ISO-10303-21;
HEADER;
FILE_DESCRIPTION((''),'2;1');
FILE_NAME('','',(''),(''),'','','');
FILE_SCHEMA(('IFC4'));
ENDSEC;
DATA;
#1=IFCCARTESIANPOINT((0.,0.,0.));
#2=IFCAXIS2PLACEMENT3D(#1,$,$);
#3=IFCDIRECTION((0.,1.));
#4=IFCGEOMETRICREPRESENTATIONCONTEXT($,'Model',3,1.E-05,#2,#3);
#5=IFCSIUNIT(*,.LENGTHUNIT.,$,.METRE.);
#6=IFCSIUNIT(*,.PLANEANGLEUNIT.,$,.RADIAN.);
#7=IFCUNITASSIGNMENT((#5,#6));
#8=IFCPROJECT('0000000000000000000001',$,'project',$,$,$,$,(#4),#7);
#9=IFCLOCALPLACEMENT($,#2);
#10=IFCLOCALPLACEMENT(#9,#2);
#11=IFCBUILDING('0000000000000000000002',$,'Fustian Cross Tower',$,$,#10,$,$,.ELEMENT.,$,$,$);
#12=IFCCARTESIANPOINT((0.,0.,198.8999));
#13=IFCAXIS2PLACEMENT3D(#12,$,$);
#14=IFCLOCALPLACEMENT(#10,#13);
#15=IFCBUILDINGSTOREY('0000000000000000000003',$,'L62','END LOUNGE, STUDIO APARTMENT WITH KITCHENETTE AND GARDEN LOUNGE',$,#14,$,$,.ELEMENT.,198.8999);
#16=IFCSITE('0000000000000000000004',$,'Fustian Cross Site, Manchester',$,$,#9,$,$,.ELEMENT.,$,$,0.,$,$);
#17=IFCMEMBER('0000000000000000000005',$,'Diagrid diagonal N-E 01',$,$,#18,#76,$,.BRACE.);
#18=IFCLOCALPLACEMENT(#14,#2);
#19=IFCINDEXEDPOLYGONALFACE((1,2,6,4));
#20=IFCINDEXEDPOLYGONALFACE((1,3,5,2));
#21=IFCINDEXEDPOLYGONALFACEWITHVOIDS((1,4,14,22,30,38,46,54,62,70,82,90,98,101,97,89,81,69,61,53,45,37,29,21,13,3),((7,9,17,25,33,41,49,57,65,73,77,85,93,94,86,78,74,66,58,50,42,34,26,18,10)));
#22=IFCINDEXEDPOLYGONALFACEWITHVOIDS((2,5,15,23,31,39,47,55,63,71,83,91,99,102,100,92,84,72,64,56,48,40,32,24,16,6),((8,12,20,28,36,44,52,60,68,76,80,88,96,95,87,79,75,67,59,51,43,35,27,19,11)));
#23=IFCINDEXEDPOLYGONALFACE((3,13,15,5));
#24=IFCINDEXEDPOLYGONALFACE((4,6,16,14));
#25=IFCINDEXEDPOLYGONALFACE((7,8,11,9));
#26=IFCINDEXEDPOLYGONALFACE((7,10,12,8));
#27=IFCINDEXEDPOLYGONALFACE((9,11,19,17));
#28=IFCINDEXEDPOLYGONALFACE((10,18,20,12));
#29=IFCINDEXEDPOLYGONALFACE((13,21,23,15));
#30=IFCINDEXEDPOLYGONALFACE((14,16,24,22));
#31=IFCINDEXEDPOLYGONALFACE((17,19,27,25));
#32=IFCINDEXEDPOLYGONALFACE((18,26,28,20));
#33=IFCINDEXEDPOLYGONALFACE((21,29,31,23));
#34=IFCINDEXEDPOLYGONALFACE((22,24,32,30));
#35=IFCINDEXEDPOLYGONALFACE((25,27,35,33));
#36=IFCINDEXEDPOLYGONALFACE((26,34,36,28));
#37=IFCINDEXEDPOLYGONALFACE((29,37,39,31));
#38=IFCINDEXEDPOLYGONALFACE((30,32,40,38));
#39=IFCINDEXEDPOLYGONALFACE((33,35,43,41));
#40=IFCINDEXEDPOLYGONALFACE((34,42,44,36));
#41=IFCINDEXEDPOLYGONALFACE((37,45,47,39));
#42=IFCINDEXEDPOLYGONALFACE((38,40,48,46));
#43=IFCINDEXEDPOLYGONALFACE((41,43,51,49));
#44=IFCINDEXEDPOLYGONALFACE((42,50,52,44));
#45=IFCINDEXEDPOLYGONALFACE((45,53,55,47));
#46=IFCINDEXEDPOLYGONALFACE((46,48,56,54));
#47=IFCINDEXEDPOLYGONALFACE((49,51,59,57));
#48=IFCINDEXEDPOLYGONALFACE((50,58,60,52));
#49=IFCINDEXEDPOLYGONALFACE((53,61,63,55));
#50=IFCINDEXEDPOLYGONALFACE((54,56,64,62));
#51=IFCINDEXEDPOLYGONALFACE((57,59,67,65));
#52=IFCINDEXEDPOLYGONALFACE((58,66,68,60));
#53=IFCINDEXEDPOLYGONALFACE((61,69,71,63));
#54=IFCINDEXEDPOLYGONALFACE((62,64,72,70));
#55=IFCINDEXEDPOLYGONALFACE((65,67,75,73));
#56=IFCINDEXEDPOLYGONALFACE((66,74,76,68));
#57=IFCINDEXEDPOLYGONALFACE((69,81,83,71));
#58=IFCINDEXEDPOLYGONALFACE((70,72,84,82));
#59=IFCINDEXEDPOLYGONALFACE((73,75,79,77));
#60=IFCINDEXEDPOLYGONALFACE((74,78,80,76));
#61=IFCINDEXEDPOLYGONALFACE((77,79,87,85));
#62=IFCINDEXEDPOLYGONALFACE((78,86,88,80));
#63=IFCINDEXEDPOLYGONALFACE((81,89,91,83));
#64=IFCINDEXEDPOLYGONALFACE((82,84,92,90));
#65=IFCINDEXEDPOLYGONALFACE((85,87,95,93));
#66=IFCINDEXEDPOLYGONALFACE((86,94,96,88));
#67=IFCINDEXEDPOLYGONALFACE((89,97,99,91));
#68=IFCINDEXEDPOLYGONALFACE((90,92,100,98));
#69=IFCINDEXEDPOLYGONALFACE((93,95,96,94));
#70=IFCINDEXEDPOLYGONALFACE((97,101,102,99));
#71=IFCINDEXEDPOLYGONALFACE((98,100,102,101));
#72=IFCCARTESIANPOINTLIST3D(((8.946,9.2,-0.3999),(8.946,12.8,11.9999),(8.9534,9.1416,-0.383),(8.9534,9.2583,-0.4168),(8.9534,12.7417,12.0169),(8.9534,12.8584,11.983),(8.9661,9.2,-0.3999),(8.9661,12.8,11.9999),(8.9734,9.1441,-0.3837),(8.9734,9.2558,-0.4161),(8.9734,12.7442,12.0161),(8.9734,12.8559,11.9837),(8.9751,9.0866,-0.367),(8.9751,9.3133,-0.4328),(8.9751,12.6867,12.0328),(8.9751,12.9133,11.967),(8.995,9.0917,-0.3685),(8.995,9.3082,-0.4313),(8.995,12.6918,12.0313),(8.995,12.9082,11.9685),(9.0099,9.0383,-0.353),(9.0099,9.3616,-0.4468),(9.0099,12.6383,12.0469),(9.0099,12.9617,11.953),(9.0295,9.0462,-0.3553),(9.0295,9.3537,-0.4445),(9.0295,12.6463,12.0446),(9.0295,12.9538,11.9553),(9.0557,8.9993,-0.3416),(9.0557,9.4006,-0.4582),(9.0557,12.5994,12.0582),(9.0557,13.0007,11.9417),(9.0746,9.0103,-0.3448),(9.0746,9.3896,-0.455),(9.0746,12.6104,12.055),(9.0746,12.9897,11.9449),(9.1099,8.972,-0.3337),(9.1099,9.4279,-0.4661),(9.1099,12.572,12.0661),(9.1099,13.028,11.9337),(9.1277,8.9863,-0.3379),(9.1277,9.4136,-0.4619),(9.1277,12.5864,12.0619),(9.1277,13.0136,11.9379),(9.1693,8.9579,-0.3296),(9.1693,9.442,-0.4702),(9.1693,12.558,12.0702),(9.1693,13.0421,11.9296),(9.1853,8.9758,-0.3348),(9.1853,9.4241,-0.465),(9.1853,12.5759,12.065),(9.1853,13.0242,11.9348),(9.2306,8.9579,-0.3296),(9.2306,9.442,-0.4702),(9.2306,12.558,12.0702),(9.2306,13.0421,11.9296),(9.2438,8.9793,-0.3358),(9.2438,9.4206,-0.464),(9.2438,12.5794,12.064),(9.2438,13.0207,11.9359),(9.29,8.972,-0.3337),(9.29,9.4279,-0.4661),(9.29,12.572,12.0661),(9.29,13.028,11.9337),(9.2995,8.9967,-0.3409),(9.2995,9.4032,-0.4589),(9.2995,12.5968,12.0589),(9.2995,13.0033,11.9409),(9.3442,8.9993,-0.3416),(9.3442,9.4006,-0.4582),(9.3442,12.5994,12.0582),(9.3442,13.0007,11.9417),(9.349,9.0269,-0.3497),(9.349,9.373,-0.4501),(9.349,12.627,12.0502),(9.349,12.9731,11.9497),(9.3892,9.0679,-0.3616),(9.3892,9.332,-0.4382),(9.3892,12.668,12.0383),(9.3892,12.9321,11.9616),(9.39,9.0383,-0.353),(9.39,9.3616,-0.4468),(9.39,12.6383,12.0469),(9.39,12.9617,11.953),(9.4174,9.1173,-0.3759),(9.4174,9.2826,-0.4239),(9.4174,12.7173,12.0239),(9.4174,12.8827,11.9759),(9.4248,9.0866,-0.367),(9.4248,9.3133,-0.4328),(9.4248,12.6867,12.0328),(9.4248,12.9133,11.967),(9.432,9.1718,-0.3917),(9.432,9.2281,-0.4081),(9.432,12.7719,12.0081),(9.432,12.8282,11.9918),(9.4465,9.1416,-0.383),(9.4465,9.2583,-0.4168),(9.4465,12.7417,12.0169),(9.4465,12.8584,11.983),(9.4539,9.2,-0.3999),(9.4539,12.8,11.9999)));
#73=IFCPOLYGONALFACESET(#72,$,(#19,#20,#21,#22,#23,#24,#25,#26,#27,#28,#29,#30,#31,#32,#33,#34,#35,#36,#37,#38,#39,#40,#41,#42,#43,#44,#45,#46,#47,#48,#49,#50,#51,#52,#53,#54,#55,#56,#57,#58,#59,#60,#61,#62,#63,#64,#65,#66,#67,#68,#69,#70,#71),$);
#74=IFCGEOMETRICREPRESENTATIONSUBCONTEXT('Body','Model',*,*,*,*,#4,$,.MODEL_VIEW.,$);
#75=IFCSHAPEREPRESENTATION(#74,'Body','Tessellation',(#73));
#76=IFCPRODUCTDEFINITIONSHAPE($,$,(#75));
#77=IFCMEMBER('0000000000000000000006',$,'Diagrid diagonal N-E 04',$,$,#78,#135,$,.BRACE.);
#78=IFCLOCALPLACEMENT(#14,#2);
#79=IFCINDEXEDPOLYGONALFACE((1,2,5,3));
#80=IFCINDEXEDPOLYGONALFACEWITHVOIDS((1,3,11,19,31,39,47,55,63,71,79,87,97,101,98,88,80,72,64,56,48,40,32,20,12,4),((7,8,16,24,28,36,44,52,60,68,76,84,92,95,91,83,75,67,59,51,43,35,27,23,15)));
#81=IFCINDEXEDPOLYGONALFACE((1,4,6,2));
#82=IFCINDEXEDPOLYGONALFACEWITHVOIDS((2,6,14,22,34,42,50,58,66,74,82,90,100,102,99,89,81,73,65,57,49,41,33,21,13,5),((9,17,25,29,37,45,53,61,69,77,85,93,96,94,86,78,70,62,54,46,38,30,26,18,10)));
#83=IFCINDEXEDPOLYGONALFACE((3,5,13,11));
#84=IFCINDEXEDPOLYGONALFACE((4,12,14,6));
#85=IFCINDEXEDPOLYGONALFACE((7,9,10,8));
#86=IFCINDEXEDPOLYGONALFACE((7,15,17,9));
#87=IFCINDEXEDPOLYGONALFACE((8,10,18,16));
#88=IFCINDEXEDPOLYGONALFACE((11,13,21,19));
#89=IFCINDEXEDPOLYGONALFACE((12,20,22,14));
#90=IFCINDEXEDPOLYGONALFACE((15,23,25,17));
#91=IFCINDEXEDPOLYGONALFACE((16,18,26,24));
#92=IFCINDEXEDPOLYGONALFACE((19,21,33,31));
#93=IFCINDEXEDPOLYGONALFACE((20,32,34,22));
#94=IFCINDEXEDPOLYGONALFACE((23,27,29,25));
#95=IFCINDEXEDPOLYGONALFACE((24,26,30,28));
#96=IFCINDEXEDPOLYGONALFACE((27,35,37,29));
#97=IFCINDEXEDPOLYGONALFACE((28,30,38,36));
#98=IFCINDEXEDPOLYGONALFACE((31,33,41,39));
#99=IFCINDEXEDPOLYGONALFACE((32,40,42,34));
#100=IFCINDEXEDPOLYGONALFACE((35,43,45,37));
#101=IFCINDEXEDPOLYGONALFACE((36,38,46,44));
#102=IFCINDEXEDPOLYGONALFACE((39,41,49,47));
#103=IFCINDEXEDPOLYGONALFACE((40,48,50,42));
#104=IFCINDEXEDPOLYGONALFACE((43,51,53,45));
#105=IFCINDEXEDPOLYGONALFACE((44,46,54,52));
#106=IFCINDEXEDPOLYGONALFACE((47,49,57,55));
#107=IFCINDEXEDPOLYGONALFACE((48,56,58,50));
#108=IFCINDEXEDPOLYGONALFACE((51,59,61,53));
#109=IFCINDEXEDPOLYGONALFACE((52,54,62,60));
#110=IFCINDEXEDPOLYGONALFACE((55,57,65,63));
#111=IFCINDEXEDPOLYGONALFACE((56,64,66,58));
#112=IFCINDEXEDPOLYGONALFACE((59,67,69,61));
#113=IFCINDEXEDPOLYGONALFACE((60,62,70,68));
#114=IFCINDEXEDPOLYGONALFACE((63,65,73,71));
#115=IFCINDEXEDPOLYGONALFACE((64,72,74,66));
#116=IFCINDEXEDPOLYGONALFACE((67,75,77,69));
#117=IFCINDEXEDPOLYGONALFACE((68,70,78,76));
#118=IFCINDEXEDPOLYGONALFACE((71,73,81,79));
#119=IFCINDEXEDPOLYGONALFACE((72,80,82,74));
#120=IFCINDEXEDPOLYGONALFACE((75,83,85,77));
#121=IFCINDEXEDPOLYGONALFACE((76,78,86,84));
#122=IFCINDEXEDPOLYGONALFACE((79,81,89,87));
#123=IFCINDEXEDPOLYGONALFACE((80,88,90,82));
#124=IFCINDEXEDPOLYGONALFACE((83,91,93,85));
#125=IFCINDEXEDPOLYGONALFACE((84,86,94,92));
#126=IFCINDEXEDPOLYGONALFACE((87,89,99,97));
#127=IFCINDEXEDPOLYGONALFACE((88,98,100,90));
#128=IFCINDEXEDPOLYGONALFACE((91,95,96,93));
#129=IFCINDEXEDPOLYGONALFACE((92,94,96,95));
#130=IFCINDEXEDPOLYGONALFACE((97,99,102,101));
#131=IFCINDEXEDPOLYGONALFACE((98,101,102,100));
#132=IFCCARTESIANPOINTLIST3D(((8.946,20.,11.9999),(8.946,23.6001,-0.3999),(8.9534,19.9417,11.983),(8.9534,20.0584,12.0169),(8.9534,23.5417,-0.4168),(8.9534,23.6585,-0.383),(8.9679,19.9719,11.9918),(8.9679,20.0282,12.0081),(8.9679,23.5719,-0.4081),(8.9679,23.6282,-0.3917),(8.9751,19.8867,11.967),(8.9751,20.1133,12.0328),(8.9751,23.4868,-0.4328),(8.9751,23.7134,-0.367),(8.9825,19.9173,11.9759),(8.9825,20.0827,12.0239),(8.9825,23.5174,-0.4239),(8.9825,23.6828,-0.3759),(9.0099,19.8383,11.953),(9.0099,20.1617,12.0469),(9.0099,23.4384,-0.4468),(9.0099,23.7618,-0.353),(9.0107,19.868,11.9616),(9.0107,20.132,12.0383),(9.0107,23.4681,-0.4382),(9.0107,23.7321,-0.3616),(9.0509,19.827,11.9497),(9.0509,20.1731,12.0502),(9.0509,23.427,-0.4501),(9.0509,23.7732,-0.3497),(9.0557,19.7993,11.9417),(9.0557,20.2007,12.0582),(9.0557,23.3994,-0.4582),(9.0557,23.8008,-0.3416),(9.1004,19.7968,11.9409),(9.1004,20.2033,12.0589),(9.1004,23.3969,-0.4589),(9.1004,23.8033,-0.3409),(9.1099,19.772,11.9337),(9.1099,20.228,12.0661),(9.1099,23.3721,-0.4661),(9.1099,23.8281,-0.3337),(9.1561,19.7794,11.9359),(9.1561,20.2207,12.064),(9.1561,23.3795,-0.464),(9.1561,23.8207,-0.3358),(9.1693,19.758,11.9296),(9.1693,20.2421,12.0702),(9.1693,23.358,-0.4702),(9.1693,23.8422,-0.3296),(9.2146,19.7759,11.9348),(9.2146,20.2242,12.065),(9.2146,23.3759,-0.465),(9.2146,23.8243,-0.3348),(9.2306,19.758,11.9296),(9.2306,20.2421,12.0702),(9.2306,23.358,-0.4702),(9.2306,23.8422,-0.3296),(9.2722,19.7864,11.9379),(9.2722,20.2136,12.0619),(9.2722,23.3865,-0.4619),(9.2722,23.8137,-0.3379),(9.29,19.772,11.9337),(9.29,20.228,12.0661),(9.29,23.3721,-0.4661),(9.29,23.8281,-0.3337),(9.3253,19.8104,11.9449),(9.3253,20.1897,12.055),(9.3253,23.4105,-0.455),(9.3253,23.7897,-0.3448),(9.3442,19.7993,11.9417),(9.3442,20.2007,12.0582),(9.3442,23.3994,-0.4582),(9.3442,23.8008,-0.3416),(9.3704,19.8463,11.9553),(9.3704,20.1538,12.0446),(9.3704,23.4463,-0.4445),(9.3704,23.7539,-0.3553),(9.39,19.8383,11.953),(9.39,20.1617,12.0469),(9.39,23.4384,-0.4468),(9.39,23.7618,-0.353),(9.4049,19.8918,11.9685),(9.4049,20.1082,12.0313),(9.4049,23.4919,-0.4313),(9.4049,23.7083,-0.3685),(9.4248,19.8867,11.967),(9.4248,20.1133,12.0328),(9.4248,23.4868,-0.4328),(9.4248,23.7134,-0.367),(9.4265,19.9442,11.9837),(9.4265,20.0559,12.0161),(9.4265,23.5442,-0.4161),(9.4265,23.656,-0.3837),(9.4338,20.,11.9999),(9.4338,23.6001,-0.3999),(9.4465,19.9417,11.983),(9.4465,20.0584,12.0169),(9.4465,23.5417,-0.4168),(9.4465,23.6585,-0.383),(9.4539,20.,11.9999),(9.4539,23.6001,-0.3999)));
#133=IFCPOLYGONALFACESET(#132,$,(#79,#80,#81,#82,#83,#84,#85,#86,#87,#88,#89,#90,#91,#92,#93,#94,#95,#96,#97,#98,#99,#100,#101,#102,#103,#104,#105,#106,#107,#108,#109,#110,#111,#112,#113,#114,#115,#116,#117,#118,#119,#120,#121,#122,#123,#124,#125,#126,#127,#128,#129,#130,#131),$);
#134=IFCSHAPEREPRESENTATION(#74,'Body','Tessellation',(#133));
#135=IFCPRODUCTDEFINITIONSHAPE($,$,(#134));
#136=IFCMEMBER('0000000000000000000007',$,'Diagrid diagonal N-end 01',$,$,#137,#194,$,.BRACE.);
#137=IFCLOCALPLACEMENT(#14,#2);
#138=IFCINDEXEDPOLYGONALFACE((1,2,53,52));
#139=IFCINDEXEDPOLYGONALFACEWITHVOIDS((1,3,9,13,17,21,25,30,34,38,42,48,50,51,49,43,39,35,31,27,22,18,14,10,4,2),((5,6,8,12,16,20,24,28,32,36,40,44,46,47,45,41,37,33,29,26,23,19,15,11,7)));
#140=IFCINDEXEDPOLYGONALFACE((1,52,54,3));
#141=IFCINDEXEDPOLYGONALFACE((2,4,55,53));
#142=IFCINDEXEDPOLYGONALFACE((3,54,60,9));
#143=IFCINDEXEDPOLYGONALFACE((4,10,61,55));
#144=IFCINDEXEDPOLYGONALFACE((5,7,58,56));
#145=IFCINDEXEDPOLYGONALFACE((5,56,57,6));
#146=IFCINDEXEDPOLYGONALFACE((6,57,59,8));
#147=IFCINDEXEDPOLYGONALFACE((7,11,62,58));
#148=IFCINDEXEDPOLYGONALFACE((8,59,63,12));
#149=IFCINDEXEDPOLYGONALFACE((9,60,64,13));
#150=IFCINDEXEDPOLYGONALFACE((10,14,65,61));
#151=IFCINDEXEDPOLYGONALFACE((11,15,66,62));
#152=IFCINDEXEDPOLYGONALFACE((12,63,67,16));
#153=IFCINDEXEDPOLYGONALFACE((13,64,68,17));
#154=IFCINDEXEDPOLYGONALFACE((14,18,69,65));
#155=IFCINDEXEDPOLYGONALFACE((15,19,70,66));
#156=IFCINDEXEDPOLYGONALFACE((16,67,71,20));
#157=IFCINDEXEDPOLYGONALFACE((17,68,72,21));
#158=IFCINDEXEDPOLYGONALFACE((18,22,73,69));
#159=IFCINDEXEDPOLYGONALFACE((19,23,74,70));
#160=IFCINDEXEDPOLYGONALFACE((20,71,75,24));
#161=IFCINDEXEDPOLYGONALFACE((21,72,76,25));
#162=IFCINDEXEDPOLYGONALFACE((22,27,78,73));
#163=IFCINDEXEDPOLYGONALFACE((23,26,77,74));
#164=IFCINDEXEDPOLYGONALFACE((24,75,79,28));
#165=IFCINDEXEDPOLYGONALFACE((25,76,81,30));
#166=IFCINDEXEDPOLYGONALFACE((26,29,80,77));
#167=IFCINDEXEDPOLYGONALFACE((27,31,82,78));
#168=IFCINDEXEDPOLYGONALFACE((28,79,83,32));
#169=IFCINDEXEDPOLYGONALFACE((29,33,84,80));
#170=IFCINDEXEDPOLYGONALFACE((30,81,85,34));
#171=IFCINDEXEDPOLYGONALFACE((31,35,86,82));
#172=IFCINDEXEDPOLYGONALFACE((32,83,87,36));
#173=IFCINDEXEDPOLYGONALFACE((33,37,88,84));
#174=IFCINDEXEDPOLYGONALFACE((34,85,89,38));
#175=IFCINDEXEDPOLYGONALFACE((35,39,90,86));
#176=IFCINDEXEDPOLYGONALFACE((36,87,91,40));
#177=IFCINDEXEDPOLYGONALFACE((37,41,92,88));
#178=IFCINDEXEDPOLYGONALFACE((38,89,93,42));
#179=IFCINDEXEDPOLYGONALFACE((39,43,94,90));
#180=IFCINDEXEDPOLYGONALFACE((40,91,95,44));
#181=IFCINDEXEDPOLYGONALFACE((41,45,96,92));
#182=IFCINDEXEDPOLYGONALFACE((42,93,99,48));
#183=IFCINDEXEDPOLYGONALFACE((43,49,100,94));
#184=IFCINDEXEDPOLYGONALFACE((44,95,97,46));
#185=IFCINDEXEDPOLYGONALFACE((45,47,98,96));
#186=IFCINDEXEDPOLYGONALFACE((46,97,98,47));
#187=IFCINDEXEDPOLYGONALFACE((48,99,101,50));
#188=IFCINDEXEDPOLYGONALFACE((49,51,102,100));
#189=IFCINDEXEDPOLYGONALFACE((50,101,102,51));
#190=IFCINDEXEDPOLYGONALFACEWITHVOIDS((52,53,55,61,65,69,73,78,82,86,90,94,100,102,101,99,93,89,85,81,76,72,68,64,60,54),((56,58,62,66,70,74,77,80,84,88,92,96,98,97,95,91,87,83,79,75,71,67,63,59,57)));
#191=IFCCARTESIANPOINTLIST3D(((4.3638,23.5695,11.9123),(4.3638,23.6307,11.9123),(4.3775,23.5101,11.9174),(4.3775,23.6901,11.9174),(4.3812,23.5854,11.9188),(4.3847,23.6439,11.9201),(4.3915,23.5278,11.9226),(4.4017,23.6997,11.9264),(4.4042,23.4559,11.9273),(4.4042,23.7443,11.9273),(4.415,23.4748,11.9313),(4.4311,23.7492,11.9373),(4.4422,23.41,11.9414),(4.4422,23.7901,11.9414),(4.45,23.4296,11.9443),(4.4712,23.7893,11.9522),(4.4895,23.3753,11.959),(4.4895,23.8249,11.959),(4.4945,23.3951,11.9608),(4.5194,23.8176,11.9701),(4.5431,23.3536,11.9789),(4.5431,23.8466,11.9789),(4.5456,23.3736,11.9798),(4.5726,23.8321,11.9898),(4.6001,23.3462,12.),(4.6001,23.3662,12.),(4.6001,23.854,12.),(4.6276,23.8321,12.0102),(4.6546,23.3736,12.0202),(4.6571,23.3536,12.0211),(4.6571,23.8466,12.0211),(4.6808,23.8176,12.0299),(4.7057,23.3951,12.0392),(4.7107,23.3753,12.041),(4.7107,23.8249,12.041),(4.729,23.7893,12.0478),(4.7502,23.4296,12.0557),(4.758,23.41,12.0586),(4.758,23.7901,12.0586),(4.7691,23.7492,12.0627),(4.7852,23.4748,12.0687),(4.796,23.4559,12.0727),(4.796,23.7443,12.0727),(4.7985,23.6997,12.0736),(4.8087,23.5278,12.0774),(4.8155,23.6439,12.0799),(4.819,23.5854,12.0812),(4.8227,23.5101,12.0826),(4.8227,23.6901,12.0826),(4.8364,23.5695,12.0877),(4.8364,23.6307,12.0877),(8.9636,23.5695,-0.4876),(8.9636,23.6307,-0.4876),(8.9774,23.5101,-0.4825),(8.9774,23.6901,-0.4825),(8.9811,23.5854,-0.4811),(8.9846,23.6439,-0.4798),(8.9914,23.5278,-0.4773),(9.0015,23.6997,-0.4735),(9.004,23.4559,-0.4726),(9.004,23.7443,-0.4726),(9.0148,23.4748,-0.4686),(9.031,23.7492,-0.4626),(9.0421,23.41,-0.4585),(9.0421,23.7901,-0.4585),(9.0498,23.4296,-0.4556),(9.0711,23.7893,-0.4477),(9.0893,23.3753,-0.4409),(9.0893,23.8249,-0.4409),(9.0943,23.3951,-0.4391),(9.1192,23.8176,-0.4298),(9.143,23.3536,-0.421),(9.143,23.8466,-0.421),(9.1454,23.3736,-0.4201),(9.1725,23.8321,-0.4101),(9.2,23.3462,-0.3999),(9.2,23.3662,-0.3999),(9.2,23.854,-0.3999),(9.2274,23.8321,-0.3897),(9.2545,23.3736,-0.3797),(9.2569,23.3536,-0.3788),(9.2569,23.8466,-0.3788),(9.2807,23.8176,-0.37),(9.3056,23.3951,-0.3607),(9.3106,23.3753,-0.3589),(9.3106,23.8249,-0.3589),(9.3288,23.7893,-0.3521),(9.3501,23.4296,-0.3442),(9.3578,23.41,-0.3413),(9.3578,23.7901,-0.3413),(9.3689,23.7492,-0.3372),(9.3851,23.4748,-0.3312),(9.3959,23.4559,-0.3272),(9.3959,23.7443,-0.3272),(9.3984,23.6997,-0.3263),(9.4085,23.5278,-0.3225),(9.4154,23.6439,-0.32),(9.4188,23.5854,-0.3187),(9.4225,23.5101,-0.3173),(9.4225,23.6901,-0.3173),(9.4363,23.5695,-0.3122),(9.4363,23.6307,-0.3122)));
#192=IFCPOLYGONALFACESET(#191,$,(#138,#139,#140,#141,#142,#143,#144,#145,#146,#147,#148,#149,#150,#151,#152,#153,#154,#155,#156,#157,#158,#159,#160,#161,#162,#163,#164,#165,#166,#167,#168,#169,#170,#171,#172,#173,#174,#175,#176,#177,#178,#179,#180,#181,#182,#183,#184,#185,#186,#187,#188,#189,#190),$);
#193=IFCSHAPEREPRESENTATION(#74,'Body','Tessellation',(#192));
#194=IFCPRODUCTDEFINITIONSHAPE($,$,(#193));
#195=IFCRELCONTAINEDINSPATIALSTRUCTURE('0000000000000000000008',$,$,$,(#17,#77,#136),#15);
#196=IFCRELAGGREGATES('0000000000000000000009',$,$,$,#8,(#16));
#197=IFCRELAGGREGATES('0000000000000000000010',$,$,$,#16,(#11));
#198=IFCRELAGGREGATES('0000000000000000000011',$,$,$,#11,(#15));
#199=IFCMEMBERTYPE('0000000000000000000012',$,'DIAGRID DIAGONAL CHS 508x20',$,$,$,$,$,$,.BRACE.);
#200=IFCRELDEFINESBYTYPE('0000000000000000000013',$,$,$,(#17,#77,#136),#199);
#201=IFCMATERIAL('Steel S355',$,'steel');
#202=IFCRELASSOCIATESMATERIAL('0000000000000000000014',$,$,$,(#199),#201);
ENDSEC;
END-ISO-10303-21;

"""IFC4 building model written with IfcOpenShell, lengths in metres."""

from ifc_helpers import new_model, si_unit, direction, frame, origin, origin_2d, place, context, subcontext, project, spatial, hollow_circle, extrude, material, material_profile, profile_set, type_object, element, save


model = new_model("IFC4")

# Units and contexts
model_context = context("Model", 3, precision=1e-05, world=origin(), true_north=direction((0.0, 1.0)))
body_context = subcontext(model_context, "Body", "Model", "MODEL_VIEW")
ifc_project = project(units=[si_unit("LENGTHUNIT", "METRE"), si_unit("PLANEANGLEUNIT", "RADIAN")], contexts=[model_context])

# Site, building, storey
site_placement = place(None, origin())
site = spatial("IfcSite", under=ifc_project, at=site_placement, Name="Fustian Cross Site, Manchester", CompositionType="ELEMENT", RefElevation=0.0)
building_placement = place(site_placement, origin())
building = spatial("IfcBuilding", under=site, at=building_placement, Name="Fustian Cross Tower", CompositionType="ELEMENT")
storey_placement = place(building_placement, frame((0.0, 0.0, 198.8999)))
storey = spatial("IfcBuildingStorey", under=building, at=storey_placement, Name="L62", Description="END LOUNGE, STUDIO APARTMENT WITH KITCHENETTE AND GARDEN LOUNGE", CompositionType="ELEMENT", Elevation=198.8999)

# Members
ifc_material_1 = material(Name="Steel S355", Category="steel")
ifc_material_profile_1 = material_profile(ifc_material_1, hollow_circle(Radius=0.2539, WallThickness=0.02, at=origin_2d()), Name="CHS 508x20")
ifc_profile_set_1 = profile_set([ifc_material_profile_1], Name="Steel S355")
member_type_1 = type_object("IfcMemberType", Name="DIAGRID DIAGONAL CHS 508x20", PredefinedType="BRACE", material=ifc_profile_set_1)
for number, where, z_axis, x_axis, name in (
    (1, (9.2, 9.2, -0.3999), (0.0, 0.278819, 0.960344), (-1.0, 0.0, 0.0), "Diagrid diagonal N-E 01"),
    (2, (9.2, 23.6001, -0.3999), (0.0, -0.278819, 0.960344), (1.0, 0.0, 0.0), "Diagrid diagonal N-E 04"),
):
    element("IfcMember", number, at=place(storey_placement, frame(where, z_axis=z_axis, x_axis=x_axis)), inside=storey, type_object=member_type_1, Name=name, PredefinedType="BRACE", context=body_context, shape_type="SweptSolid", body=[
        extrude(hollow_circle(Radius=0.2539, WallThickness=0.02, at=origin_2d()), origin(), (0.0, 0.0, 1.0), 12.9119),
    ])
member_1_placement = place(storey_placement, frame((9.2, 23.6001, -0.3999), z_axis=(-0.347799, 0.0, 0.937569), x_axis=(0.0, -1.0, 0.0)))
element("IfcMember", 3, at=member_1_placement, inside=storey, type_object=member_type_1, Name="Diagrid diagonal N-end 01", PredefinedType="BRACE", context=body_context, shape_type="SweptSolid", body=[
    extrude(hollow_circle(Radius=0.2539, WallThickness=0.02, at=origin_2d()), origin(), (0.0, 0.0, 1.0), 13.2256),
])

save(model, "model.ifc")
